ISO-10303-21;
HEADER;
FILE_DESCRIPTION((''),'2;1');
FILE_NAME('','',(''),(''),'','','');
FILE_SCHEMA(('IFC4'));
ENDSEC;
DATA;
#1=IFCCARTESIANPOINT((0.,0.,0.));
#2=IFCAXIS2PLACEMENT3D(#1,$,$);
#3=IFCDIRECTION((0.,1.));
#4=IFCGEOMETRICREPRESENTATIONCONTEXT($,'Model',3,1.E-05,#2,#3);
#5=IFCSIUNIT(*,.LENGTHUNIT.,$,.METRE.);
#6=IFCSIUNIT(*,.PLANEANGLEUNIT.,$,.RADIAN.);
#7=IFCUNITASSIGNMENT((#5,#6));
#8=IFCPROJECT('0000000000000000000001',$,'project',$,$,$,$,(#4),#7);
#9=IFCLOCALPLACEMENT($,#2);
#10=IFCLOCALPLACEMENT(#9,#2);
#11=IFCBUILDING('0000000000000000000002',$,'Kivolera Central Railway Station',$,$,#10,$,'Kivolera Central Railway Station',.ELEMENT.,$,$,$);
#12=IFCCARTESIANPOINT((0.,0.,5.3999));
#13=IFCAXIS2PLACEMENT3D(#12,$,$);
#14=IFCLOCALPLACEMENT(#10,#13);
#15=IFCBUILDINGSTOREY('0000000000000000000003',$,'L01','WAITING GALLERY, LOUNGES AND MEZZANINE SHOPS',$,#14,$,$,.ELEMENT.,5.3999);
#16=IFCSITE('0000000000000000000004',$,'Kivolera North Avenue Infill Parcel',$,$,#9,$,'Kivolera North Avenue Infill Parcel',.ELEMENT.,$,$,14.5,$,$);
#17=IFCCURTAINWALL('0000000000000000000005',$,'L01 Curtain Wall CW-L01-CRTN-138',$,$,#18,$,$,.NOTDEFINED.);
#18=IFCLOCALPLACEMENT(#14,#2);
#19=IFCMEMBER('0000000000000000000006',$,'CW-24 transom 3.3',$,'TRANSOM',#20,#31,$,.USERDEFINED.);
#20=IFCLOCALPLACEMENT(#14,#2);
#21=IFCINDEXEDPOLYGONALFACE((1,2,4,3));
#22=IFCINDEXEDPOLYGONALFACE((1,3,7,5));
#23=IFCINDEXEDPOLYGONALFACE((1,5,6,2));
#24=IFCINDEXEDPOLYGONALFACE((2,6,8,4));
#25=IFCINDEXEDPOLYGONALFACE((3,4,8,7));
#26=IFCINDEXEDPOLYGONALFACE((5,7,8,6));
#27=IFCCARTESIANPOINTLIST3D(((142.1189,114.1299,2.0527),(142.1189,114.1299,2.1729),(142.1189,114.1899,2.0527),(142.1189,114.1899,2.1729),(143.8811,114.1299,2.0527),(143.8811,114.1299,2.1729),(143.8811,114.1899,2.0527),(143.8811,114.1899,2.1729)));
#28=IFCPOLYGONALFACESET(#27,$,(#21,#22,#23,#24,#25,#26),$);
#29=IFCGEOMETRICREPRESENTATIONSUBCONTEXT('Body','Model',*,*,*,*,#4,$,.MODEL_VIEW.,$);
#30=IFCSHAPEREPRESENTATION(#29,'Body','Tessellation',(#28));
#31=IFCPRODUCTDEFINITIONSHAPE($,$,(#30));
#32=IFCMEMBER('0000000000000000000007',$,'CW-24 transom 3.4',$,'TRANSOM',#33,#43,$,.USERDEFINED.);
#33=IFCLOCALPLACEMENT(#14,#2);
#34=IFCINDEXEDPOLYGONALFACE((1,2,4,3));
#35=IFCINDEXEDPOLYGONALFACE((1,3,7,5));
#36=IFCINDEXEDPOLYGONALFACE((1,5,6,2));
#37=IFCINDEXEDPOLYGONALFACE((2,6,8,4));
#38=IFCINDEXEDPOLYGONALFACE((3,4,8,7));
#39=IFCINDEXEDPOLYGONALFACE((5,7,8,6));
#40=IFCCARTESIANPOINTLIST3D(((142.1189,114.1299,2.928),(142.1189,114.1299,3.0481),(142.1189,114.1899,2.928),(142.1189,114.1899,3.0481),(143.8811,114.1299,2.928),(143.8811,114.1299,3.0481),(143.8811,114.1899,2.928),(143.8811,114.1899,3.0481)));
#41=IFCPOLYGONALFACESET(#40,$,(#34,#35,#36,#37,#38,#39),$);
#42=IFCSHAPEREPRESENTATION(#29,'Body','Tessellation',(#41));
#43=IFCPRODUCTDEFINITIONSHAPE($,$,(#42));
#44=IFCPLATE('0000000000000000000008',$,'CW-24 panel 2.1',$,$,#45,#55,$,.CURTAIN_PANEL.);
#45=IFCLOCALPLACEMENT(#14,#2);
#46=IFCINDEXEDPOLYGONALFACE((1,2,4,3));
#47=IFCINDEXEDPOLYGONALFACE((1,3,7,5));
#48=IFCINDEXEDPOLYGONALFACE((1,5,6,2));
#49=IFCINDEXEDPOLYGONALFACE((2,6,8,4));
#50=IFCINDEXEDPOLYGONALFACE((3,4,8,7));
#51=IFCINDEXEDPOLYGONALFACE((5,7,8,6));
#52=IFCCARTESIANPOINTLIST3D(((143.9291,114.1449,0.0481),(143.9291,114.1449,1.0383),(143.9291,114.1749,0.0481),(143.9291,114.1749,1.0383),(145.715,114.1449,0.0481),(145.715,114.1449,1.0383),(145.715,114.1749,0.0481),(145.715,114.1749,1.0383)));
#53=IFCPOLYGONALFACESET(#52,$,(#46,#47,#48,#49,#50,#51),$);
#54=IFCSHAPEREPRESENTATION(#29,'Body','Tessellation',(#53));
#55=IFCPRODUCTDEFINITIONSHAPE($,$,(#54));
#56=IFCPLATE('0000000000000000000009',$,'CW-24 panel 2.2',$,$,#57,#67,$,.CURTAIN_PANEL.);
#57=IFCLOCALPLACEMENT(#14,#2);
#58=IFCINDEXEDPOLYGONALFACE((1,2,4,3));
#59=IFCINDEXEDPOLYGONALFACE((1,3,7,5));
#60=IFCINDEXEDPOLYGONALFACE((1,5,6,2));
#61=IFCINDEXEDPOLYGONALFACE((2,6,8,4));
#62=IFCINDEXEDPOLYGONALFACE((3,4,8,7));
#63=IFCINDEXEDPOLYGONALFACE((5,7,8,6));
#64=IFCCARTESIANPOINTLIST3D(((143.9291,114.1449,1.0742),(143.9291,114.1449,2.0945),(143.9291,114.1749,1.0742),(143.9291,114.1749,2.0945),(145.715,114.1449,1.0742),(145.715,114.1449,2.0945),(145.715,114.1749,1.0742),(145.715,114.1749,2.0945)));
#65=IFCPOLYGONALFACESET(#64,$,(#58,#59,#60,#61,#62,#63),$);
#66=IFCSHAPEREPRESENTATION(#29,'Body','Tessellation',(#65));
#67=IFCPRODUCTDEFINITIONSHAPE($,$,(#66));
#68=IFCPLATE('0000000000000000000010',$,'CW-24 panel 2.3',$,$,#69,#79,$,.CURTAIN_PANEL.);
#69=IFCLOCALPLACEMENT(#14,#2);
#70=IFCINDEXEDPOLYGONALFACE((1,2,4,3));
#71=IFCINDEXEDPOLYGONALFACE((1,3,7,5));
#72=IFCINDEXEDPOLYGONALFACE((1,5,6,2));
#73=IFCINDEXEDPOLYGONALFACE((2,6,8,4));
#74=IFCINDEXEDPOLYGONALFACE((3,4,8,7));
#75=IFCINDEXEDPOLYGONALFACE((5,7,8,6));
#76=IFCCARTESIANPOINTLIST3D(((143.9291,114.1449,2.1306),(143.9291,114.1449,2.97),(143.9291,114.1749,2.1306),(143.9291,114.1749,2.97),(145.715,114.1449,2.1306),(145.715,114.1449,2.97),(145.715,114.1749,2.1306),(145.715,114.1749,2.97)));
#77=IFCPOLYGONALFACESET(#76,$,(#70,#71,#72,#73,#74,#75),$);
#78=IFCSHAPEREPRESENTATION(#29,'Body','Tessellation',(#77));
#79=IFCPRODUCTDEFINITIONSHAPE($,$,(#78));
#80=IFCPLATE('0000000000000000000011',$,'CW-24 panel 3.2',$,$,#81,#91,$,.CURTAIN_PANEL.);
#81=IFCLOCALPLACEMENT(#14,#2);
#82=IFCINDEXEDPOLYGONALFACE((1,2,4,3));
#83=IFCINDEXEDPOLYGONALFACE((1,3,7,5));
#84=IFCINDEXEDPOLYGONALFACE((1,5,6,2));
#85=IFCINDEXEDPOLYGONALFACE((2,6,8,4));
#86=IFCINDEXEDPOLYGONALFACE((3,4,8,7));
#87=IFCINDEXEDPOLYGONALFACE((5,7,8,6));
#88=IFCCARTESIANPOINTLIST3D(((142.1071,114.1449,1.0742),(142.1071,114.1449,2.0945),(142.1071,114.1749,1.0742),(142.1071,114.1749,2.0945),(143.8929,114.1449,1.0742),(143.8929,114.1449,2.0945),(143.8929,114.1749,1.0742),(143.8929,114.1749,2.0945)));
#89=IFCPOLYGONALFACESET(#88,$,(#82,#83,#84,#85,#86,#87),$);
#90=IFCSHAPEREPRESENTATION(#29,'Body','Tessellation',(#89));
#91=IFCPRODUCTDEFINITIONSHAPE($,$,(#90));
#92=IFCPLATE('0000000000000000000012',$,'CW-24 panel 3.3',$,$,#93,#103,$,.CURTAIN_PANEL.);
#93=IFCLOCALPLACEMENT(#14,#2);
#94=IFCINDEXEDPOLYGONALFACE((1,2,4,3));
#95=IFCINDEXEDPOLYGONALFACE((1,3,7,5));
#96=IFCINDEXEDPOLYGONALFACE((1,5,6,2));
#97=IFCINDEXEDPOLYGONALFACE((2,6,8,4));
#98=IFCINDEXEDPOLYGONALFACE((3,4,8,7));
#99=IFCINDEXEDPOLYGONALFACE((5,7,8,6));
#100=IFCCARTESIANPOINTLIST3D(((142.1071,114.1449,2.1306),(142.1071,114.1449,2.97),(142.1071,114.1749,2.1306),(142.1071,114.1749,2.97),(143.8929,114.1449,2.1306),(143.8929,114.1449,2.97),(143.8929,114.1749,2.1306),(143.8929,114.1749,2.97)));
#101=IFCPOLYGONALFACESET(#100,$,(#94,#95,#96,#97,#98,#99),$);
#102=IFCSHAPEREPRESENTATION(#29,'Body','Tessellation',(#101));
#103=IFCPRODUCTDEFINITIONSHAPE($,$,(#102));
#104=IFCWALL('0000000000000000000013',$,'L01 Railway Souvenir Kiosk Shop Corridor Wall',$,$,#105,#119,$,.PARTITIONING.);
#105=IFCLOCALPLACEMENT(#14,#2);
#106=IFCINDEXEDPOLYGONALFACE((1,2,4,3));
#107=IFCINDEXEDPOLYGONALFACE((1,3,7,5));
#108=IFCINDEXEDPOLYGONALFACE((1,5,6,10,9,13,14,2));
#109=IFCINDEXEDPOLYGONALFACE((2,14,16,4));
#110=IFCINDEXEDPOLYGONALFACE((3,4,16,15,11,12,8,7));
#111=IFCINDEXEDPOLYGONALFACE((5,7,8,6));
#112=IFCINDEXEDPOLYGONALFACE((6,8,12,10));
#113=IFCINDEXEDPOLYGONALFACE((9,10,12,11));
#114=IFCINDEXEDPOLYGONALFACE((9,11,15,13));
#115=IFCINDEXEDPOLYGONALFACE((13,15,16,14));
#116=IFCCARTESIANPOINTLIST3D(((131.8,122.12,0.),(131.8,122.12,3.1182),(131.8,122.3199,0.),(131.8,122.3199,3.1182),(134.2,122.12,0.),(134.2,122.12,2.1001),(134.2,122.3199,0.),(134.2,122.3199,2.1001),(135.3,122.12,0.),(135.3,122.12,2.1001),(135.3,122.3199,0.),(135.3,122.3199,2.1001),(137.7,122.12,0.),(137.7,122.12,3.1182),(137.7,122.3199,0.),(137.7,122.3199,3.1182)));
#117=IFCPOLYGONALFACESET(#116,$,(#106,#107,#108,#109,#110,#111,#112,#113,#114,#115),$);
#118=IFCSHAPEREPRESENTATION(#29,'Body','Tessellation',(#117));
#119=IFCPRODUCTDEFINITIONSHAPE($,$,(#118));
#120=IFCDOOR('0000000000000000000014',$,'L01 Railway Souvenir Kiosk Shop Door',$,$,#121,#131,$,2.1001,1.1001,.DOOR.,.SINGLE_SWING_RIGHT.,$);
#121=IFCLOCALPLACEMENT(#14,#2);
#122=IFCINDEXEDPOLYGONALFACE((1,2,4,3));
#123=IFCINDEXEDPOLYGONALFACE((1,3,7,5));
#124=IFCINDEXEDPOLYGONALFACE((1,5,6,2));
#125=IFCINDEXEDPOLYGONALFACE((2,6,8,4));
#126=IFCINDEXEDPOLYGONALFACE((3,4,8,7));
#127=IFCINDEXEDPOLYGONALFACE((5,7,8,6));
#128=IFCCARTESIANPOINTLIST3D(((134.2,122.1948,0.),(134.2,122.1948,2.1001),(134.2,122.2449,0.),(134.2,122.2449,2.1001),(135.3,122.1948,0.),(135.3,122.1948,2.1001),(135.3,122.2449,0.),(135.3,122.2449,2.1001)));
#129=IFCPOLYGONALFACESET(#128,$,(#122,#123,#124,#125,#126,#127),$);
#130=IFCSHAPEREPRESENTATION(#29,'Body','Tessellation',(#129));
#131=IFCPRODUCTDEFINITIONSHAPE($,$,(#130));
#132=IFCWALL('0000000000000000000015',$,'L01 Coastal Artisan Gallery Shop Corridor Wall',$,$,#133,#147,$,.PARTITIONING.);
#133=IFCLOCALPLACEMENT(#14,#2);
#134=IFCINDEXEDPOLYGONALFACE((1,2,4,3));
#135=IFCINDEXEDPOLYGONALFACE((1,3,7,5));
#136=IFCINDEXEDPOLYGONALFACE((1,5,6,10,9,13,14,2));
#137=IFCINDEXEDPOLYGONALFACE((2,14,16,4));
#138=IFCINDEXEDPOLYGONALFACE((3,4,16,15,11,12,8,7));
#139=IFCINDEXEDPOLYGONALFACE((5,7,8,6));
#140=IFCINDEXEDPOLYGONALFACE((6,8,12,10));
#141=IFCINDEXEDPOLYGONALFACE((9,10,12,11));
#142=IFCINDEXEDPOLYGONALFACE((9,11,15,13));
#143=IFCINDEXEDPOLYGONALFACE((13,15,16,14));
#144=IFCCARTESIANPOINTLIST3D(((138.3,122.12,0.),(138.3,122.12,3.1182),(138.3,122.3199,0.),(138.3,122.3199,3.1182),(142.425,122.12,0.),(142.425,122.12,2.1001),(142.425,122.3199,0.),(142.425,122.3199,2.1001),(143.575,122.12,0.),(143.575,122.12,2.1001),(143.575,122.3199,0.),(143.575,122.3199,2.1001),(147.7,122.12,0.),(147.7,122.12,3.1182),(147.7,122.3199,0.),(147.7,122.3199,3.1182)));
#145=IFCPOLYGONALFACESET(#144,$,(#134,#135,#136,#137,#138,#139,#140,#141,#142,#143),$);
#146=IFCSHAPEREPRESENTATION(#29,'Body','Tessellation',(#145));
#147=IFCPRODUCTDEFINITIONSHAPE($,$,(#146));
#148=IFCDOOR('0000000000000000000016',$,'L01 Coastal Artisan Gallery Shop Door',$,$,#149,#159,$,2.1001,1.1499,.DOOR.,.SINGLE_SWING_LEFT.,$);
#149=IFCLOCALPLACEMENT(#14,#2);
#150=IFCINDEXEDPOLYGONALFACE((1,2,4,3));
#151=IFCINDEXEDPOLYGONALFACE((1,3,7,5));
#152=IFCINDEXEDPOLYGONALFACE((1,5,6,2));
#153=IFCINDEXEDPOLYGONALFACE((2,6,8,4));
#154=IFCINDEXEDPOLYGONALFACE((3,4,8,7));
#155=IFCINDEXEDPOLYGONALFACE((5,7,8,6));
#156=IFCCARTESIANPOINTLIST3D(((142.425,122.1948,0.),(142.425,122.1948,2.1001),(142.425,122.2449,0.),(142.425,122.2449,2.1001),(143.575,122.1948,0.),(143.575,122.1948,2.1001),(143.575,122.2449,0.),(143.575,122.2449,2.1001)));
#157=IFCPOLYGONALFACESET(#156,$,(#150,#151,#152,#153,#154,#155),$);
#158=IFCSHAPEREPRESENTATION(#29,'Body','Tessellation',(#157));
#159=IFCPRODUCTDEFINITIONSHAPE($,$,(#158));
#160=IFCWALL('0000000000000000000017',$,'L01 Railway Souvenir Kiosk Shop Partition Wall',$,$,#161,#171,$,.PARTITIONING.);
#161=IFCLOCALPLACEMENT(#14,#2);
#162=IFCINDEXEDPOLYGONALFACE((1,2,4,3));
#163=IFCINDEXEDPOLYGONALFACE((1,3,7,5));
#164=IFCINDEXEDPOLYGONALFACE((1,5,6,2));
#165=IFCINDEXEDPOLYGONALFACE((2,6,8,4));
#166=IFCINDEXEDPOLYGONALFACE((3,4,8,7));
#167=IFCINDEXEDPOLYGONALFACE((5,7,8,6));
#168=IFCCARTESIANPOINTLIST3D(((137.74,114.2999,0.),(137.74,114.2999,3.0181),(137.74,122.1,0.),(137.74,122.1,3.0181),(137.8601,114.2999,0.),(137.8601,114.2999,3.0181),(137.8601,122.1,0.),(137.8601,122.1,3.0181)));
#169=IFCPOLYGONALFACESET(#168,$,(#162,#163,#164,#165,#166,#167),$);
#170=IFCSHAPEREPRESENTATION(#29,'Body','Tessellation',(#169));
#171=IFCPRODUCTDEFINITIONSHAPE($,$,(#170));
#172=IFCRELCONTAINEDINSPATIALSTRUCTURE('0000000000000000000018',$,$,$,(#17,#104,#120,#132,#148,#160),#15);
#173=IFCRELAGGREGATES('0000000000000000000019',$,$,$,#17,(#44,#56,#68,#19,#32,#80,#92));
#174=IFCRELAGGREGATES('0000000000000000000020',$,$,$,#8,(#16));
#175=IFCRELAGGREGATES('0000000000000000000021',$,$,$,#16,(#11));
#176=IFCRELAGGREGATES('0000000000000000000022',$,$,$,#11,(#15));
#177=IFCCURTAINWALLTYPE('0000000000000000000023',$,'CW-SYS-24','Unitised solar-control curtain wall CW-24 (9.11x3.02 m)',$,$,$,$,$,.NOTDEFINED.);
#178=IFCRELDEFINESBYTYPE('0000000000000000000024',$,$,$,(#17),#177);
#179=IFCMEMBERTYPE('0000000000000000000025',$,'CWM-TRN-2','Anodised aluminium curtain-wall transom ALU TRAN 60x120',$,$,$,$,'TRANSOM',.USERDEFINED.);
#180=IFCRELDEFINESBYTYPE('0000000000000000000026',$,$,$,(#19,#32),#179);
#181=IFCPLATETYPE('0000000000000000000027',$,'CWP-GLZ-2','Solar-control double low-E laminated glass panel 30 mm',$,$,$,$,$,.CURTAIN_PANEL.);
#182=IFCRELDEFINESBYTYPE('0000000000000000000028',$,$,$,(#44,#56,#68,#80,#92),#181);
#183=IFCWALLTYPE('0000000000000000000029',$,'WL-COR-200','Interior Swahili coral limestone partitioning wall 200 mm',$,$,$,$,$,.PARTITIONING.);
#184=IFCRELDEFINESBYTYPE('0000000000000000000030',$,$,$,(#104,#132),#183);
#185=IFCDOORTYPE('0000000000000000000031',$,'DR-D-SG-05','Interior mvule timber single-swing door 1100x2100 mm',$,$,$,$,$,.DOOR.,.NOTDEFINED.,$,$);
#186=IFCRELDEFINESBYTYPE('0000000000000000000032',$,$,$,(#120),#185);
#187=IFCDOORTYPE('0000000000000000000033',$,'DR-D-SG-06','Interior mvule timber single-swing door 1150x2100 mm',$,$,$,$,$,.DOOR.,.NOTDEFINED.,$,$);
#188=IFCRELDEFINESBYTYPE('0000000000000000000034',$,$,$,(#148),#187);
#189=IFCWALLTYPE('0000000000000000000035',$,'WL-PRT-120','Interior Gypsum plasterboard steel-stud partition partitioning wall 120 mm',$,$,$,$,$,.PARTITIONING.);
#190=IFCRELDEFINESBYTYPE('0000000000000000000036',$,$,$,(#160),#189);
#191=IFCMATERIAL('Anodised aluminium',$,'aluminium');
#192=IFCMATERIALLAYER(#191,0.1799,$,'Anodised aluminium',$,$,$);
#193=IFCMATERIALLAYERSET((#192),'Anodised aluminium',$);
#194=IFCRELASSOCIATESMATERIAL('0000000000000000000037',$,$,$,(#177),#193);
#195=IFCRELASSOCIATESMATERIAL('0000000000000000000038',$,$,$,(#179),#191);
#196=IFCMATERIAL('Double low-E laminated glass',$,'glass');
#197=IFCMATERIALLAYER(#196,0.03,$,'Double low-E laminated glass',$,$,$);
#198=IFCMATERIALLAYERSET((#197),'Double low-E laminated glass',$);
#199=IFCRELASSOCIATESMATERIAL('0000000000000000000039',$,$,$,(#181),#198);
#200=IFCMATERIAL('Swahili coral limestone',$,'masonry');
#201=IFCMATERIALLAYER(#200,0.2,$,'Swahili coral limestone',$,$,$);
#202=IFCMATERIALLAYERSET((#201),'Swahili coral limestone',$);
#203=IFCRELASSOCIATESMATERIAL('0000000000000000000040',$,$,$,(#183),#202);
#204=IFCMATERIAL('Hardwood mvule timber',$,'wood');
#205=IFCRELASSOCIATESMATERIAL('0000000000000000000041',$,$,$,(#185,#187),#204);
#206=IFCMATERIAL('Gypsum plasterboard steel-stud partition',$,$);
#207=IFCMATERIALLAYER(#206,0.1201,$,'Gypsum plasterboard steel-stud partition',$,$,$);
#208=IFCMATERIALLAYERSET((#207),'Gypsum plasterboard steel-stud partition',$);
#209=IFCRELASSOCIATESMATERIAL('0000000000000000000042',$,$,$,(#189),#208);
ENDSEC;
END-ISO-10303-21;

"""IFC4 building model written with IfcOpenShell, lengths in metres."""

from ifc_helpers import new_model, si_unit, direction, frame, frame_2d, origin, origin_2d, place, context, subcontext, project, spatial, rectangle, extrude, material, layer, layer_set, material_profile, profile_set, type_object, element, fill, aggregate, save


model = new_model("IFC4")

# Units and contexts
model_context = context("Model", 3, precision=1e-05, world=origin(), true_north=direction((0.0, 1.0)))
body_context = subcontext(model_context, "Body", "Model", "MODEL_VIEW")
ifc_project = project(units=[si_unit("LENGTHUNIT", "METRE"), si_unit("PLANEANGLEUNIT", "RADIAN")], contexts=[model_context])

# Site, building, storey
site_placement = place(None, origin())
site = spatial("IfcSite", under=ifc_project, at=site_placement, Name="Kivolera North Avenue Infill Parcel", LongName="Kivolera North Avenue Infill Parcel", CompositionType="ELEMENT", RefElevation=14.5)
building_placement = place(site_placement, origin())
building = spatial("IfcBuilding", under=site, at=building_placement, Name="Kivolera Central Railway Station", LongName="Kivolera Central Railway Station", CompositionType="ELEMENT")
storey_placement = place(building_placement, frame((0.0, 0.0, 5.3999)))
storey = spatial("IfcBuildingStorey", under=building, at=storey_placement, Name="L01", Description="WAITING GALLERY, LOUNGES AND MEZZANINE SHOPS", CompositionType="ELEMENT", Elevation=5.3999)

# Curtain wall, members, plates
ifc_material_1 = material(Name="Anodised aluminium", Category="aluminium")
ifc_layer_1 = layer(ifc_material_1, 0.1799, Name="Anodised aluminium")
ifc_layer_set_1 = layer_set([ifc_layer_1], Name="Anodised aluminium")
curtain_wall_type = type_object("IfcCurtainWallType", Name="CW-SYS-24", Description="Unitised solar-control curtain wall CW-24 (9.11x3.02 m)", PredefinedType="NOTDEFINED", material=ifc_layer_set_1)
curtain_wall_placement = place(storey_placement, origin())
curtain_wall = element("IfcCurtainWall", 1, at=curtain_wall_placement, inside=storey, type_object=curtain_wall_type, Name="L01 Curtain Wall CW-L01-CRTN-138", PredefinedType="NOTDEFINED")
ifc_material_profile_1 = material_profile(ifc_material_1, rectangle(XDim=0.0601, YDim=0.1201, at=origin_2d()), Name="ALU TRAN 60x120")
ifc_profile_set_1 = profile_set([ifc_material_profile_1], Name="Anodised aluminium")
member_type_1 = type_object("IfcMemberType", Name="CWM-TRN-2", Description="Anodised aluminium curtain-wall transom ALU TRAN 60x120", ElementType="TRANSOM", PredefinedType="USERDEFINED", material=ifc_profile_set_1)
member_1_placement = place(storey_placement, frame((143.8811, 114.1599, 2.1128), z_axis=(-1.0, 0.0, 0.0), x_axis=(0.0, -1.0, 0.0)))
member_1 = element("IfcMember", 2, at=member_1_placement, type_object=member_type_1, Name="CW-24 transom 3.3", ObjectType="TRANSOM", PredefinedType="USERDEFINED", context=body_context, shape_type="SweptSolid", body=[
    extrude(rectangle(XDim=0.0601, YDim=0.1201, at=origin_2d()), origin(), (0.0, 0.0, 1.0), 1.7622),
])
member_2_placement = place(storey_placement, frame((143.8811, 114.1599, 2.988), z_axis=(-1.0, 0.0, 0.0), x_axis=(0.0, -1.0, 0.0)))
member_2 = element("IfcMember", 3, at=member_2_placement, type_object=member_type_1, Name="CW-24 transom 3.4", ObjectType="TRANSOM", PredefinedType="USERDEFINED", context=body_context, shape_type="SweptSolid", body=[
    extrude(rectangle(XDim=0.0601, YDim=0.1201, at=origin_2d()), origin(), (0.0, 0.0, 1.0), 1.7622),
])
ifc_material_2 = material(Name="Double low-E laminated glass", Category="glass")
ifc_layer_2 = layer(ifc_material_2, 0.03, Name="Double low-E laminated glass")
ifc_layer_set_2 = layer_set([ifc_layer_2], Name="Double low-E laminated glass")
plate_type = type_object("IfcPlateType", Name="CWP-GLZ-2", Description="Solar-control double low-E laminated glass panel 30 mm", PredefinedType="CURTAIN_PANEL", material=ifc_layer_set_2)
plate_1_placement = place(storey_placement, frame((144.822, 114.1599, 0.0481), z_axis=(0.0, 0.0, 1.0), x_axis=(-1.0, 0.0, 0.0)))
plate_1 = element("IfcPlate", 4, at=plate_1_placement, type_object=plate_type, Name="CW-24 panel 2.1", PredefinedType="CURTAIN_PANEL", context=body_context, shape_type="SweptSolid", body=[
    extrude(rectangle(XDim=1.7859, YDim=0.03, at=origin_2d()), origin(), (0.0, 0.0, 1.0), 0.9902),
])
plate_2_placement = place(storey_placement, frame((144.822, 114.1599, 1.0742), z_axis=(0.0, 0.0, 1.0), x_axis=(-1.0, 0.0, 0.0)))
plate_2 = element("IfcPlate", 5, at=plate_2_placement, type_object=plate_type, Name="CW-24 panel 2.2", PredefinedType="CURTAIN_PANEL", context=body_context, shape_type="SweptSolid", body=[
    extrude(rectangle(XDim=1.7859, YDim=0.03, at=origin_2d()), origin(), (0.0, 0.0, 1.0), 1.0203),
])
plate_3_placement = place(storey_placement, frame((144.822, 114.1599, 2.1306), z_axis=(0.0, 0.0, 1.0), x_axis=(-1.0, 0.0, 0.0)))
plate_3 = element("IfcPlate", 6, at=plate_3_placement, type_object=plate_type, Name="CW-24 panel 2.3", PredefinedType="CURTAIN_PANEL", context=body_context, shape_type="SweptSolid", body=[
    extrude(rectangle(XDim=1.7859, YDim=0.03, at=origin_2d()), origin(), (0.0, 0.0, 1.0), 0.8394),
])
plate_4_placement = place(storey_placement, frame((143.0, 114.1599, 1.0742), z_axis=(0.0, 0.0, 1.0), x_axis=(-1.0, 0.0, 0.0)))
plate_4 = element("IfcPlate", 7, at=plate_4_placement, type_object=plate_type, Name="CW-24 panel 3.2", PredefinedType="CURTAIN_PANEL", context=body_context, shape_type="SweptSolid", body=[
    extrude(rectangle(XDim=1.7859, YDim=0.03, at=origin_2d()), origin(), (0.0, 0.0, 1.0), 1.0203),
])
plate_5_placement = place(storey_placement, frame((143.0, 114.1599, 2.1306), z_axis=(0.0, 0.0, 1.0), x_axis=(-1.0, 0.0, 0.0)))
plate_5 = element("IfcPlate", 8, at=plate_5_placement, type_object=plate_type, Name="CW-24 panel 3.3", PredefinedType="CURTAIN_PANEL", context=body_context, shape_type="SweptSolid", body=[
    extrude(rectangle(XDim=1.7859, YDim=0.03, at=origin_2d()), origin(), (0.0, 0.0, 1.0), 0.8394),
])
aggregate(curtain_wall, [plate_1, plate_2, plate_3, member_1, member_2, plate_4, plate_5])

# Walls, openings, doors
ifc_material_3 = material(Name="Swahili coral limestone", Category="masonry")
ifc_layer_3 = layer(ifc_material_3, 0.2, Name="Swahili coral limestone")
ifc_layer_set_3 = layer_set([ifc_layer_3], Name="Swahili coral limestone")
wall_type_1 = type_object("IfcWallType", Name="WL-COR-200", Description="Interior Swahili coral limestone partitioning wall 200 mm", PredefinedType="PARTITIONING", material=ifc_layer_set_3)
wall_1_placement = place(storey_placement, frame((131.8, 122.22, 0.0), z_axis=(0.0, 0.0, 1.0), x_axis=(1.0, 0.0, 0.0)))
wall_1 = element("IfcWall", 9, at=wall_1_placement, inside=storey, type_object=wall_type_1, Name="L01 Railway Souvenir Kiosk Shop Corridor Wall", PredefinedType="PARTITIONING", context=body_context, shape_type="SweptSolid", body=[
    extrude(rectangle(XDim=5.8999, YDim=0.2, at=frame_2d((2.95, 0.0))), origin(), (0.0, 0.0, 1.0), 3.1182),
])
opening_1_placement = place(wall_1_placement, frame((2.3999, 0.0, 0.0)))
opening_1 = element("IfcOpeningElement", 10, at=opening_1_placement, cuts=wall_1, PredefinedType="OPENING", context=body_context, shape_type="SweptSolid", body=[
    extrude(rectangle(XDim=1.1001, YDim=2.1001, at=frame_2d((0.55, 1.05))), frame((0.0, 0.1099, 0.0), z_axis=(0.0, -1.0, 0.0), x_axis=(1.0, 0.0, 0.0)), (0.0, 0.0, 1.0), 0.22),
])
ifc_material_4 = material(Name="Hardwood mvule timber", Category="wood")
door_type_1 = type_object("IfcDoorType", Name="DR-D-SG-05", Description="Interior mvule timber single-swing door 1100x2100 mm", OperationType="NOTDEFINED", PredefinedType="DOOR", material=ifc_material_4)
door_1_placement = place(opening_1_placement, origin())
door_1 = element("IfcDoor", 11, at=door_1_placement, inside=storey, type_object=door_type_1, Name="L01 Railway Souvenir Kiosk Shop Door", OperationType="SINGLE_SWING_RIGHT", OverallHeight=2.1001, OverallWidth=1.1001, PredefinedType="DOOR", context=body_context, shape_type="SweptSolid", body=[
    extrude(rectangle(XDim=1.1001, YDim=2.1001, at=frame_2d((0.55, 1.05))), frame((0.0, 0.0249, 0.0), z_axis=(0.0, -1.0, 0.0), x_axis=(1.0, 0.0, 0.0)), (0.0, 0.0, 1.0), 0.05),
])
fill(opening_1, door_1)
wall_2_placement = place(storey_placement, frame((138.3, 122.22, 0.0), z_axis=(0.0, 0.0, 1.0), x_axis=(1.0, 0.0, 0.0)))
wall_2 = element("IfcWall", 12, at=wall_2_placement, inside=storey, type_object=wall_type_1, Name="L01 Coastal Artisan Gallery Shop Corridor Wall", PredefinedType="PARTITIONING", context=body_context, shape_type="SweptSolid", body=[
    extrude(rectangle(XDim=9.3999, YDim=0.2, at=frame_2d((4.7, 0.0))), origin(), (0.0, 0.0, 1.0), 3.1182),
])
opening_2_placement = place(wall_2_placement, frame((4.125, 0.0, 0.0)))
opening_2 = element("IfcOpeningElement", 13, at=opening_2_placement, cuts=wall_2, PredefinedType="OPENING", context=body_context, shape_type="SweptSolid", body=[
    extrude(rectangle(XDim=1.1499, YDim=2.1001, at=frame_2d((0.575, 1.05))), frame((0.0, 0.1099, 0.0), z_axis=(0.0, -1.0, 0.0), x_axis=(1.0, 0.0, 0.0)), (0.0, 0.0, 1.0), 0.22),
])
door_type_2 = type_object("IfcDoorType", Name="DR-D-SG-06", Description="Interior mvule timber single-swing door 1150x2100 mm", OperationType="NOTDEFINED", PredefinedType="DOOR", material=ifc_material_4)
door_2_placement = place(opening_2_placement, origin())
door_2 = element("IfcDoor", 14, at=door_2_placement, inside=storey, type_object=door_type_2, Name="L01 Coastal Artisan Gallery Shop Door", OperationType="SINGLE_SWING_LEFT", OverallHeight=2.1001, OverallWidth=1.1499, PredefinedType="DOOR", context=body_context, shape_type="SweptSolid", body=[
    extrude(rectangle(XDim=1.1499, YDim=2.1001, at=frame_2d((0.575, 1.05))), frame((0.0, 0.0249, 0.0), z_axis=(0.0, -1.0, 0.0), x_axis=(1.0, 0.0, 0.0)), (0.0, 0.0, 1.0), 0.05),
])
fill(opening_2, door_2)

# Wall
ifc_material_5 = material(Name="Gypsum plasterboard steel-stud partition")
ifc_layer_4 = layer(ifc_material_5, 0.1201, Name="Gypsum plasterboard steel-stud partition")
ifc_layer_set_4 = layer_set([ifc_layer_4], Name="Gypsum plasterboard steel-stud partition")
wall_type_2 = type_object("IfcWallType", Name="WL-PRT-120", Description="Interior Gypsum plasterboard steel-stud partition partitioning wall 120 mm", PredefinedType="PARTITIONING", material=ifc_layer_set_4)
wall_3_placement = place(storey_placement, frame((137.8, 114.3, 0.0), z_axis=(0.0, 0.0, 1.0), x_axis=(0.0, 1.0, 0.0)))
element("IfcWall", 15, at=wall_3_placement, inside=storey, type_object=wall_type_2, Name="L01 Railway Souvenir Kiosk Shop Partition Wall", PredefinedType="PARTITIONING", context=body_context, shape_type="SweptSolid", body=[
    extrude(rectangle(XDim=7.8, YDim=0.1201, at=frame_2d((3.8999, 0.0))), origin(), (0.0, 0.0, 1.0), 3.0181),
])

save(model, "model.ifc")
